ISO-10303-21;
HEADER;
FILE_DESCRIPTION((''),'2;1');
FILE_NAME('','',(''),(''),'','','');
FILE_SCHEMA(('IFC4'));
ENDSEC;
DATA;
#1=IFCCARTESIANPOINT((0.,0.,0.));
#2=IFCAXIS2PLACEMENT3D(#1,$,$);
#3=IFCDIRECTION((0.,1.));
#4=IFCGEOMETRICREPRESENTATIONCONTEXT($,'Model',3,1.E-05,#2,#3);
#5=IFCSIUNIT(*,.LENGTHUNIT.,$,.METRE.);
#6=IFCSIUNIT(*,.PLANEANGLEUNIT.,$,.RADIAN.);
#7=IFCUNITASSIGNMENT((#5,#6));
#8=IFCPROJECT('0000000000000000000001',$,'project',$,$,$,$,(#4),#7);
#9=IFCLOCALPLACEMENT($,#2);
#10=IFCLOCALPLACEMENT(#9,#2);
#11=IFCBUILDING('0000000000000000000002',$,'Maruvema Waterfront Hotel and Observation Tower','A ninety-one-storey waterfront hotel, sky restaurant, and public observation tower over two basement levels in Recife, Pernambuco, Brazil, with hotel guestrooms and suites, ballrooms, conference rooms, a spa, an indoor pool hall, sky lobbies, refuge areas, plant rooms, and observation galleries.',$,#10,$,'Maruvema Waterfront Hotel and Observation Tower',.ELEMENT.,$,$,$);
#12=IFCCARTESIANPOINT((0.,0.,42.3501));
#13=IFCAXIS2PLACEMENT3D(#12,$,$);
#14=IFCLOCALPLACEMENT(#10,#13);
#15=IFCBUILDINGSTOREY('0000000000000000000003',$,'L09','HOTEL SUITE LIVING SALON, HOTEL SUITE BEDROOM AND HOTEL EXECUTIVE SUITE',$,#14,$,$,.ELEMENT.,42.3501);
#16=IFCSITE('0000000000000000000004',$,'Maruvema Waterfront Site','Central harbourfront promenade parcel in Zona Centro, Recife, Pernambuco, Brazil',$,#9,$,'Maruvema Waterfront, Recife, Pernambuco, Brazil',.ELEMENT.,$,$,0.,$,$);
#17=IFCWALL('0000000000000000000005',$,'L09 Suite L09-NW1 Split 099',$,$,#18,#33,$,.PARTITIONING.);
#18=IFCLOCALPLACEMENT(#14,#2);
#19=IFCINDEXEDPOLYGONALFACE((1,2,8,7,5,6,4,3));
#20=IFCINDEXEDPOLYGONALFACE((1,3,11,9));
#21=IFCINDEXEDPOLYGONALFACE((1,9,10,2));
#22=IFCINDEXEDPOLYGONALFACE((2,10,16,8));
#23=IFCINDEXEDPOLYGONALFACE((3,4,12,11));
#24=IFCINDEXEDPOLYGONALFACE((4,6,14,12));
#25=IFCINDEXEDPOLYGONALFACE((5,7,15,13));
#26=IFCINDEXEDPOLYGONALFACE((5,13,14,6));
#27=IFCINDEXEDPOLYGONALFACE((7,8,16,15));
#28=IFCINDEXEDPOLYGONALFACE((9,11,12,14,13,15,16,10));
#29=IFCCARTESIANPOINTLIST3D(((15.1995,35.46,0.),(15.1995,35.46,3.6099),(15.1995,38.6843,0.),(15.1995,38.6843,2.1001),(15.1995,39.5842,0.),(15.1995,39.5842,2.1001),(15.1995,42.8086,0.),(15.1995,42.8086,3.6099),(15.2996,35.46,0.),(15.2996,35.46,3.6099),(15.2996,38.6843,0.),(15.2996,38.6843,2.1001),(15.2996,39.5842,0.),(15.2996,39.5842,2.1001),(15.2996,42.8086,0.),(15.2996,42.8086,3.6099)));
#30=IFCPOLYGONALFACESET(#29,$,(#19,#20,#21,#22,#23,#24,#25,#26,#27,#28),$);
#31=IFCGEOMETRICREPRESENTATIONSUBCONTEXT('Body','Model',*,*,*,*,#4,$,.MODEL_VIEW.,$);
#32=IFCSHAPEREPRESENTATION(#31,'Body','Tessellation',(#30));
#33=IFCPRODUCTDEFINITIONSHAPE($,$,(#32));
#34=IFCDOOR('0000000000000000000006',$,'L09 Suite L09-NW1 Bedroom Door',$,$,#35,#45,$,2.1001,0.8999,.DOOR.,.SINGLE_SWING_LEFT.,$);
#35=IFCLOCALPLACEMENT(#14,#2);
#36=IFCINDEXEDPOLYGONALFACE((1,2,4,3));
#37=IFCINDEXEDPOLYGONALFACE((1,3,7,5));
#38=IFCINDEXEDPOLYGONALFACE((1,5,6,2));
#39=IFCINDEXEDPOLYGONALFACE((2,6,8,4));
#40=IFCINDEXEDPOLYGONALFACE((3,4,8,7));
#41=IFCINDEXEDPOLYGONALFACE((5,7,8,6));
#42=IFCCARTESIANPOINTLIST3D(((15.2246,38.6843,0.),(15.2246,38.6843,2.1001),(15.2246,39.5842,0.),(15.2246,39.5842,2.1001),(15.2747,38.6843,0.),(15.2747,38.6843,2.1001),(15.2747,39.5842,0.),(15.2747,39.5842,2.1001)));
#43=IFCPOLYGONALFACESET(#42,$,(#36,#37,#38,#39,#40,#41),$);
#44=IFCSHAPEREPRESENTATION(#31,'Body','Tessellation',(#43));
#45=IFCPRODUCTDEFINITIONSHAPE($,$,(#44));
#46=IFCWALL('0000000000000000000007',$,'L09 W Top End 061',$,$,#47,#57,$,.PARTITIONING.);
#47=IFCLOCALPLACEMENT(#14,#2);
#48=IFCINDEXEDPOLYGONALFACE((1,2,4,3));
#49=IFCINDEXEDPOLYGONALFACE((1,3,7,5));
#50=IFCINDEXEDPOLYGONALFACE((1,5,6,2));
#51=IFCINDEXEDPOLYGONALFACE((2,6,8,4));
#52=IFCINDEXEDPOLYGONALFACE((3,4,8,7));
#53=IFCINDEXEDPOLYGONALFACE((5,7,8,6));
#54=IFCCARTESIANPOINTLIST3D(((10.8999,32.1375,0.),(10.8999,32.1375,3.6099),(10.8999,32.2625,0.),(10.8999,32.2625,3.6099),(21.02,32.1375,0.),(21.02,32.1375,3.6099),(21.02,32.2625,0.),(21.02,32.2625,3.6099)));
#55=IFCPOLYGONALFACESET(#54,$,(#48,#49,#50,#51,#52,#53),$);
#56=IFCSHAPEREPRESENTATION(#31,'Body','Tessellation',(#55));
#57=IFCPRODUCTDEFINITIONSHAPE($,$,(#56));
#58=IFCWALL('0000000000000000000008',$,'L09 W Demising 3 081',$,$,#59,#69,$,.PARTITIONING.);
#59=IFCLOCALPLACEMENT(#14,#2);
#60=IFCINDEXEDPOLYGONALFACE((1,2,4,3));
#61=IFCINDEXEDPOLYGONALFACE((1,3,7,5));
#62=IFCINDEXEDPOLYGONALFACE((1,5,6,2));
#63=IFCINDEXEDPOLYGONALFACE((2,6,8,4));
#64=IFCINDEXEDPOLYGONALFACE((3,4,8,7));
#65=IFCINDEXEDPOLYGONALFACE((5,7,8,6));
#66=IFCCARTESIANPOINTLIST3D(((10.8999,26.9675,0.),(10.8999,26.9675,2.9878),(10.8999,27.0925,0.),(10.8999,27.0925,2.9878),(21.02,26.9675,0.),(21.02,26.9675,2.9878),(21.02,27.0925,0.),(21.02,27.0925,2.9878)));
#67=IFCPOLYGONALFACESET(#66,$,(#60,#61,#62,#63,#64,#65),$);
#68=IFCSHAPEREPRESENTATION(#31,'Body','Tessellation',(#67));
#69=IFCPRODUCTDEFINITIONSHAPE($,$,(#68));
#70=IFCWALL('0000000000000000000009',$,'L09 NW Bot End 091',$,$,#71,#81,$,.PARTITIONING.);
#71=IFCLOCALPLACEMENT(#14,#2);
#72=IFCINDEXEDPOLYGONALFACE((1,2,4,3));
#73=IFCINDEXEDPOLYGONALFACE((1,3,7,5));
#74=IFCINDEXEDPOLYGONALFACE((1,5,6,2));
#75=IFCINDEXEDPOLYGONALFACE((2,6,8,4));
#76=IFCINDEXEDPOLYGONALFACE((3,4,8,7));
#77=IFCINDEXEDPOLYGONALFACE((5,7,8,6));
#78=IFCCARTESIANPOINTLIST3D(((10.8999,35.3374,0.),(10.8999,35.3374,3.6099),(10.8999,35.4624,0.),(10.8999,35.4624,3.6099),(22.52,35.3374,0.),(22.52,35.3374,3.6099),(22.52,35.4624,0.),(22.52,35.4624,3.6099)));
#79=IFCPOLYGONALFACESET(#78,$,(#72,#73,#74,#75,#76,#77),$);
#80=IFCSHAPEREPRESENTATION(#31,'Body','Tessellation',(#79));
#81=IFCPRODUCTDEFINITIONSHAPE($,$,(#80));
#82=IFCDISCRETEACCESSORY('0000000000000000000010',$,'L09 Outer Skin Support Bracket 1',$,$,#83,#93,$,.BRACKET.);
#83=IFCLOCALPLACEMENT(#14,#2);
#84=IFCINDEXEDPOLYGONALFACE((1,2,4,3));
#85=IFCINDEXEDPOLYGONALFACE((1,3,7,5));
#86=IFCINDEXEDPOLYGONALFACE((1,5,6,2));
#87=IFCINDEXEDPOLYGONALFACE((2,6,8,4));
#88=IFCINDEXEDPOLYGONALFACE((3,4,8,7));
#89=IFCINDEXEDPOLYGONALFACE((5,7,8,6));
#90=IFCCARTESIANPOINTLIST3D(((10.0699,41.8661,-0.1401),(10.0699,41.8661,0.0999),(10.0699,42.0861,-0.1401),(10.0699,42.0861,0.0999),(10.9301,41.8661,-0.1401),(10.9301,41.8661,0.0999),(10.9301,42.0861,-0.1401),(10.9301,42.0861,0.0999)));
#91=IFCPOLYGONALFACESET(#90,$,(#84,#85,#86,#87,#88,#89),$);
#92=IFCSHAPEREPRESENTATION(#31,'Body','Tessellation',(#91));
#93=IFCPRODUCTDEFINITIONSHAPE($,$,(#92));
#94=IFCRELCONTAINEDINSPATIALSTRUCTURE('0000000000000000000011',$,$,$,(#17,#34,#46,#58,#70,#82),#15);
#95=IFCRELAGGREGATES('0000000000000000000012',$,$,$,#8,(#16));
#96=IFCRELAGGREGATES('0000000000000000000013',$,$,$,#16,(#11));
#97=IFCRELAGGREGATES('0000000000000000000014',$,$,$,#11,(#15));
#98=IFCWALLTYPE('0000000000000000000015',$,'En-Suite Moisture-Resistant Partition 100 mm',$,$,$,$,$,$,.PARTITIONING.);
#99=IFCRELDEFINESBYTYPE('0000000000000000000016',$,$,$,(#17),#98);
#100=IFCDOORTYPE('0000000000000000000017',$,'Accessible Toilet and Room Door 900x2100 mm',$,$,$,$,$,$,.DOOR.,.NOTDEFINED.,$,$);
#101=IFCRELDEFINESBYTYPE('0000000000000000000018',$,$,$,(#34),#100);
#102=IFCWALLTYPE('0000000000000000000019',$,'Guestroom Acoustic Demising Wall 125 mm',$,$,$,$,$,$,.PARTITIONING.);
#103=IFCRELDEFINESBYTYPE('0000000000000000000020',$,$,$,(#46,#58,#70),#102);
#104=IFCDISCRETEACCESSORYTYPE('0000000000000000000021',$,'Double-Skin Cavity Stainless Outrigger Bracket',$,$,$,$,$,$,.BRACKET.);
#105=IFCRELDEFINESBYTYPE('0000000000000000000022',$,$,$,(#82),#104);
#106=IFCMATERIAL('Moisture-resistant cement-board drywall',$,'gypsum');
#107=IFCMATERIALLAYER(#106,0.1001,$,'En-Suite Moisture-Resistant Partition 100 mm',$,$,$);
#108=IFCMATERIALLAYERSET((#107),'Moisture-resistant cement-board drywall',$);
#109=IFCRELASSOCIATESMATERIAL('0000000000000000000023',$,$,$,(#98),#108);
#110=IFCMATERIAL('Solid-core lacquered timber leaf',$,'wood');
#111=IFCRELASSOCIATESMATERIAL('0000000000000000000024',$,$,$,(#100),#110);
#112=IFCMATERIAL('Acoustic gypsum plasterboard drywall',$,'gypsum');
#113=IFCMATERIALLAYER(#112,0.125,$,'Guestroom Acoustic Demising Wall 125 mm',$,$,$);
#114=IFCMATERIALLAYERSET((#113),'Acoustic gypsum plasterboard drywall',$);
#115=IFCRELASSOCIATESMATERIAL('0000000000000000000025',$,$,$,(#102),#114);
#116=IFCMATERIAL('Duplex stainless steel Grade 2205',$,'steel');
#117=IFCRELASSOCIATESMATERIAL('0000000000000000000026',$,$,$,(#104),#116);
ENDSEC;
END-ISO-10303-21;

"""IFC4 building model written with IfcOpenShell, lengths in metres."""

from ifc_helpers import new_model, si_unit, direction, frame, frame_2d, origin, origin_2d, place, context, subcontext, project, spatial, rectangle, extrude, material, layer, layer_set, type_object, element, fill, save


model = new_model("IFC4")

# Units and contexts
model_context = context("Model", 3, precision=1e-05, world=origin(), true_north=direction((0.0, 1.0)))
body_context = subcontext(model_context, "Body", "Model", "MODEL_VIEW")
ifc_project = project(units=[si_unit("LENGTHUNIT", "METRE"), si_unit("PLANEANGLEUNIT", "RADIAN")], contexts=[model_context])

# Site, building, storey
site_placement = place(None, origin())
site = spatial("IfcSite", under=ifc_project, at=site_placement, Name="Maruvema Waterfront Site", Description="Central harbourfront promenade parcel in Zona Centro, Recife, Pernambuco, Brazil", LongName="Maruvema Waterfront, Recife, Pernambuco, Brazil", CompositionType="ELEMENT", RefElevation=0.0)
building_placement = place(site_placement, origin())
building = spatial("IfcBuilding", under=site, at=building_placement, Name="Maruvema Waterfront Hotel and Observation Tower", Description="A ninety-one-storey waterfront hotel, sky restaurant, and public observation tower over two basement levels in Recife, Pernambuco, Brazil, with hotel guestrooms and suites, ballrooms, conference rooms, a spa, an indoor pool hall, sky lobbies, refuge areas, plant rooms, and observation galleries.", LongName="Maruvema Waterfront Hotel and Observation Tower", CompositionType="ELEMENT")
storey_placement = place(building_placement, frame((0.0, 0.0, 42.3501)))
storey = spatial("IfcBuildingStorey", under=building, at=storey_placement, Name="L09", Description="HOTEL SUITE LIVING SALON, HOTEL SUITE BEDROOM AND HOTEL EXECUTIVE SUITE", CompositionType="ELEMENT", Elevation=42.3501)

# Shared definitions
ifc_material_1 = material(Name="Moisture-resistant cement-board drywall", Category="gypsum")
ifc_layer_1 = layer(ifc_material_1, 0.1001, Name="En-Suite Moisture-Resistant Partition 100 mm")
ifc_layer_set_1 = layer_set([ifc_layer_1], Name="Moisture-resistant cement-board drywall")
wall_type_1 = type_object("IfcWallType", Name="En-Suite Moisture-Resistant Partition 100 mm", PredefinedType="PARTITIONING", material=ifc_layer_set_1)

# Wall, opening, door
wall_1_placement = place(storey_placement, frame((15.2495, 35.46, 0.0), z_axis=(0.0, 0.0, 1.0), x_axis=(0.0, 1.0, 0.0)))
wall_1 = element("IfcWall", 1, at=wall_1_placement, inside=storey, type_object=wall_type_1, Name="L09 Suite L09-NW1 Split 099", PredefinedType="PARTITIONING", context=body_context, shape_type="SweptSolid", body=[
    extrude(rectangle(XDim=7.3486, YDim=0.1001, at=frame_2d((3.6743, 0.0))), origin(), (0.0, 0.0, 1.0), 3.6099),
])
opening_1_placement = place(wall_1_placement, frame((3.2244, 0.0, 0.0)))
opening_1 = element("IfcOpeningElement", 2, at=opening_1_placement, cuts=wall_1, PredefinedType="OPENING", context=body_context, shape_type="SweptSolid", body=[
    extrude(rectangle(XDim=0.8999, YDim=2.1001, at=frame_2d((0.45, 1.05))), frame((0.0, 0.0601, 0.0), z_axis=(0.0, -1.0, 0.0), x_axis=(1.0, 0.0, 0.0)), (0.0, 0.0, 1.0), 0.1201),
])
ifc_material_2 = material(Name="Solid-core lacquered timber leaf", Category="wood")
door_type_1 = type_object("IfcDoorType", Name="Accessible Toilet and Room Door 900x2100 mm", OperationType="NOTDEFINED", PredefinedType="DOOR", material=ifc_material_2)
door_1_placement = place(opening_1_placement, origin())
door_1 = element("IfcDoor", 3, at=door_1_placement, inside=storey, type_object=door_type_1, Name="L09 Suite L09-NW1 Bedroom Door", OperationType="SINGLE_SWING_LEFT", OverallHeight=2.1001, OverallWidth=0.8999, PredefinedType="DOOR", context=body_context, shape_type="SweptSolid", body=[
    extrude(rectangle(XDim=0.8999, YDim=2.1001, at=frame_2d((0.45, 1.05))), frame((0.0, 0.0249, 0.0), z_axis=(0.0, -1.0, 0.0), x_axis=(1.0, 0.0, 0.0)), (0.0, 0.0, 1.0), 0.05),
])
fill(opening_1, door_1)

# Walls
ifc_material_3 = material(Name="Acoustic gypsum plasterboard drywall", Category="gypsum")
ifc_layer_2 = layer(ifc_material_3, 0.125, Name="Guestroom Acoustic Demising Wall 125 mm")
ifc_layer_set_2 = layer_set([ifc_layer_2], Name="Acoustic gypsum plasterboard drywall")
wall_type_2 = type_object("IfcWallType", Name="Guestroom Acoustic Demising Wall 125 mm", PredefinedType="PARTITIONING", material=ifc_layer_set_2)
wall_2_placement = place(storey_placement, frame((10.8999, 32.2, 0.0), z_axis=(0.0, 0.0, 1.0), x_axis=(1.0, 0.0, 0.0)))
element("IfcWall", 4, at=wall_2_placement, inside=storey, type_object=wall_type_2, Name="L09 W Top End 061", PredefinedType="PARTITIONING", context=body_context, shape_type="SweptSolid", body=[
    extrude(rectangle(XDim=10.1201, YDim=0.125, at=frame_2d((5.0601, 0.0))), origin(), (0.0, 0.0, 1.0), 3.6099),
])
wall_3_placement = place(storey_placement, frame((10.8999, 27.03, 0.0), z_axis=(0.0, 0.0, 1.0), x_axis=(1.0, 0.0, 0.0)))
element("IfcWall", 5, at=wall_3_placement, inside=storey, type_object=wall_type_2, Name="L09 W Demising 3 081", PredefinedType="PARTITIONING", context=body_context, shape_type="SweptSolid", body=[
    extrude(rectangle(XDim=10.1201, YDim=0.125, at=frame_2d((5.0601, 0.0))), origin(), (0.0, 0.0, 1.0), 2.9878),
])
wall_4_placement = place(storey_placement, frame((10.8999, 35.3999, 0.0), z_axis=(0.0, 0.0, 1.0), x_axis=(1.0, 0.0, 0.0)))
element("IfcWall", 6, at=wall_4_placement, inside=storey, type_object=wall_type_2, Name="L09 NW Bot End 091", PredefinedType="PARTITIONING", context=body_context, shape_type="SweptSolid", body=[
    extrude(rectangle(XDim=11.6201, YDim=0.125, at=frame_2d((5.8101, 0.0))), origin(), (0.0, 0.0, 1.0), 3.6099),
])

# Discrete accessory
ifc_material_4 = material(Name="Duplex stainless steel Grade 2205", Category="steel")
discrete_accessory_type = type_object("IfcDiscreteAccessoryType", Name="Double-Skin Cavity Stainless Outrigger Bracket", PredefinedType="BRACKET", material=ifc_material_4)
discrete_accessory_placement = place(storey_placement, frame((10.5, 41.9761, -0.1401), z_axis=(0.0, 0.0, 1.0), x_axis=(0.0, -1.0, 0.0)))
element("IfcDiscreteAccessory", 7, at=discrete_accessory_placement, inside=storey, type_object=discrete_accessory_type, Name="L09 Outer Skin Support Bracket 1", PredefinedType="BRACKET", context=body_context, shape_type="SweptSolid", body=[
    extrude(rectangle(XDim=0.22, YDim=0.8601, at=origin_2d()), origin(), (0.0, 0.0, 1.0), 0.24),
])

save(model, "model.ifc")
